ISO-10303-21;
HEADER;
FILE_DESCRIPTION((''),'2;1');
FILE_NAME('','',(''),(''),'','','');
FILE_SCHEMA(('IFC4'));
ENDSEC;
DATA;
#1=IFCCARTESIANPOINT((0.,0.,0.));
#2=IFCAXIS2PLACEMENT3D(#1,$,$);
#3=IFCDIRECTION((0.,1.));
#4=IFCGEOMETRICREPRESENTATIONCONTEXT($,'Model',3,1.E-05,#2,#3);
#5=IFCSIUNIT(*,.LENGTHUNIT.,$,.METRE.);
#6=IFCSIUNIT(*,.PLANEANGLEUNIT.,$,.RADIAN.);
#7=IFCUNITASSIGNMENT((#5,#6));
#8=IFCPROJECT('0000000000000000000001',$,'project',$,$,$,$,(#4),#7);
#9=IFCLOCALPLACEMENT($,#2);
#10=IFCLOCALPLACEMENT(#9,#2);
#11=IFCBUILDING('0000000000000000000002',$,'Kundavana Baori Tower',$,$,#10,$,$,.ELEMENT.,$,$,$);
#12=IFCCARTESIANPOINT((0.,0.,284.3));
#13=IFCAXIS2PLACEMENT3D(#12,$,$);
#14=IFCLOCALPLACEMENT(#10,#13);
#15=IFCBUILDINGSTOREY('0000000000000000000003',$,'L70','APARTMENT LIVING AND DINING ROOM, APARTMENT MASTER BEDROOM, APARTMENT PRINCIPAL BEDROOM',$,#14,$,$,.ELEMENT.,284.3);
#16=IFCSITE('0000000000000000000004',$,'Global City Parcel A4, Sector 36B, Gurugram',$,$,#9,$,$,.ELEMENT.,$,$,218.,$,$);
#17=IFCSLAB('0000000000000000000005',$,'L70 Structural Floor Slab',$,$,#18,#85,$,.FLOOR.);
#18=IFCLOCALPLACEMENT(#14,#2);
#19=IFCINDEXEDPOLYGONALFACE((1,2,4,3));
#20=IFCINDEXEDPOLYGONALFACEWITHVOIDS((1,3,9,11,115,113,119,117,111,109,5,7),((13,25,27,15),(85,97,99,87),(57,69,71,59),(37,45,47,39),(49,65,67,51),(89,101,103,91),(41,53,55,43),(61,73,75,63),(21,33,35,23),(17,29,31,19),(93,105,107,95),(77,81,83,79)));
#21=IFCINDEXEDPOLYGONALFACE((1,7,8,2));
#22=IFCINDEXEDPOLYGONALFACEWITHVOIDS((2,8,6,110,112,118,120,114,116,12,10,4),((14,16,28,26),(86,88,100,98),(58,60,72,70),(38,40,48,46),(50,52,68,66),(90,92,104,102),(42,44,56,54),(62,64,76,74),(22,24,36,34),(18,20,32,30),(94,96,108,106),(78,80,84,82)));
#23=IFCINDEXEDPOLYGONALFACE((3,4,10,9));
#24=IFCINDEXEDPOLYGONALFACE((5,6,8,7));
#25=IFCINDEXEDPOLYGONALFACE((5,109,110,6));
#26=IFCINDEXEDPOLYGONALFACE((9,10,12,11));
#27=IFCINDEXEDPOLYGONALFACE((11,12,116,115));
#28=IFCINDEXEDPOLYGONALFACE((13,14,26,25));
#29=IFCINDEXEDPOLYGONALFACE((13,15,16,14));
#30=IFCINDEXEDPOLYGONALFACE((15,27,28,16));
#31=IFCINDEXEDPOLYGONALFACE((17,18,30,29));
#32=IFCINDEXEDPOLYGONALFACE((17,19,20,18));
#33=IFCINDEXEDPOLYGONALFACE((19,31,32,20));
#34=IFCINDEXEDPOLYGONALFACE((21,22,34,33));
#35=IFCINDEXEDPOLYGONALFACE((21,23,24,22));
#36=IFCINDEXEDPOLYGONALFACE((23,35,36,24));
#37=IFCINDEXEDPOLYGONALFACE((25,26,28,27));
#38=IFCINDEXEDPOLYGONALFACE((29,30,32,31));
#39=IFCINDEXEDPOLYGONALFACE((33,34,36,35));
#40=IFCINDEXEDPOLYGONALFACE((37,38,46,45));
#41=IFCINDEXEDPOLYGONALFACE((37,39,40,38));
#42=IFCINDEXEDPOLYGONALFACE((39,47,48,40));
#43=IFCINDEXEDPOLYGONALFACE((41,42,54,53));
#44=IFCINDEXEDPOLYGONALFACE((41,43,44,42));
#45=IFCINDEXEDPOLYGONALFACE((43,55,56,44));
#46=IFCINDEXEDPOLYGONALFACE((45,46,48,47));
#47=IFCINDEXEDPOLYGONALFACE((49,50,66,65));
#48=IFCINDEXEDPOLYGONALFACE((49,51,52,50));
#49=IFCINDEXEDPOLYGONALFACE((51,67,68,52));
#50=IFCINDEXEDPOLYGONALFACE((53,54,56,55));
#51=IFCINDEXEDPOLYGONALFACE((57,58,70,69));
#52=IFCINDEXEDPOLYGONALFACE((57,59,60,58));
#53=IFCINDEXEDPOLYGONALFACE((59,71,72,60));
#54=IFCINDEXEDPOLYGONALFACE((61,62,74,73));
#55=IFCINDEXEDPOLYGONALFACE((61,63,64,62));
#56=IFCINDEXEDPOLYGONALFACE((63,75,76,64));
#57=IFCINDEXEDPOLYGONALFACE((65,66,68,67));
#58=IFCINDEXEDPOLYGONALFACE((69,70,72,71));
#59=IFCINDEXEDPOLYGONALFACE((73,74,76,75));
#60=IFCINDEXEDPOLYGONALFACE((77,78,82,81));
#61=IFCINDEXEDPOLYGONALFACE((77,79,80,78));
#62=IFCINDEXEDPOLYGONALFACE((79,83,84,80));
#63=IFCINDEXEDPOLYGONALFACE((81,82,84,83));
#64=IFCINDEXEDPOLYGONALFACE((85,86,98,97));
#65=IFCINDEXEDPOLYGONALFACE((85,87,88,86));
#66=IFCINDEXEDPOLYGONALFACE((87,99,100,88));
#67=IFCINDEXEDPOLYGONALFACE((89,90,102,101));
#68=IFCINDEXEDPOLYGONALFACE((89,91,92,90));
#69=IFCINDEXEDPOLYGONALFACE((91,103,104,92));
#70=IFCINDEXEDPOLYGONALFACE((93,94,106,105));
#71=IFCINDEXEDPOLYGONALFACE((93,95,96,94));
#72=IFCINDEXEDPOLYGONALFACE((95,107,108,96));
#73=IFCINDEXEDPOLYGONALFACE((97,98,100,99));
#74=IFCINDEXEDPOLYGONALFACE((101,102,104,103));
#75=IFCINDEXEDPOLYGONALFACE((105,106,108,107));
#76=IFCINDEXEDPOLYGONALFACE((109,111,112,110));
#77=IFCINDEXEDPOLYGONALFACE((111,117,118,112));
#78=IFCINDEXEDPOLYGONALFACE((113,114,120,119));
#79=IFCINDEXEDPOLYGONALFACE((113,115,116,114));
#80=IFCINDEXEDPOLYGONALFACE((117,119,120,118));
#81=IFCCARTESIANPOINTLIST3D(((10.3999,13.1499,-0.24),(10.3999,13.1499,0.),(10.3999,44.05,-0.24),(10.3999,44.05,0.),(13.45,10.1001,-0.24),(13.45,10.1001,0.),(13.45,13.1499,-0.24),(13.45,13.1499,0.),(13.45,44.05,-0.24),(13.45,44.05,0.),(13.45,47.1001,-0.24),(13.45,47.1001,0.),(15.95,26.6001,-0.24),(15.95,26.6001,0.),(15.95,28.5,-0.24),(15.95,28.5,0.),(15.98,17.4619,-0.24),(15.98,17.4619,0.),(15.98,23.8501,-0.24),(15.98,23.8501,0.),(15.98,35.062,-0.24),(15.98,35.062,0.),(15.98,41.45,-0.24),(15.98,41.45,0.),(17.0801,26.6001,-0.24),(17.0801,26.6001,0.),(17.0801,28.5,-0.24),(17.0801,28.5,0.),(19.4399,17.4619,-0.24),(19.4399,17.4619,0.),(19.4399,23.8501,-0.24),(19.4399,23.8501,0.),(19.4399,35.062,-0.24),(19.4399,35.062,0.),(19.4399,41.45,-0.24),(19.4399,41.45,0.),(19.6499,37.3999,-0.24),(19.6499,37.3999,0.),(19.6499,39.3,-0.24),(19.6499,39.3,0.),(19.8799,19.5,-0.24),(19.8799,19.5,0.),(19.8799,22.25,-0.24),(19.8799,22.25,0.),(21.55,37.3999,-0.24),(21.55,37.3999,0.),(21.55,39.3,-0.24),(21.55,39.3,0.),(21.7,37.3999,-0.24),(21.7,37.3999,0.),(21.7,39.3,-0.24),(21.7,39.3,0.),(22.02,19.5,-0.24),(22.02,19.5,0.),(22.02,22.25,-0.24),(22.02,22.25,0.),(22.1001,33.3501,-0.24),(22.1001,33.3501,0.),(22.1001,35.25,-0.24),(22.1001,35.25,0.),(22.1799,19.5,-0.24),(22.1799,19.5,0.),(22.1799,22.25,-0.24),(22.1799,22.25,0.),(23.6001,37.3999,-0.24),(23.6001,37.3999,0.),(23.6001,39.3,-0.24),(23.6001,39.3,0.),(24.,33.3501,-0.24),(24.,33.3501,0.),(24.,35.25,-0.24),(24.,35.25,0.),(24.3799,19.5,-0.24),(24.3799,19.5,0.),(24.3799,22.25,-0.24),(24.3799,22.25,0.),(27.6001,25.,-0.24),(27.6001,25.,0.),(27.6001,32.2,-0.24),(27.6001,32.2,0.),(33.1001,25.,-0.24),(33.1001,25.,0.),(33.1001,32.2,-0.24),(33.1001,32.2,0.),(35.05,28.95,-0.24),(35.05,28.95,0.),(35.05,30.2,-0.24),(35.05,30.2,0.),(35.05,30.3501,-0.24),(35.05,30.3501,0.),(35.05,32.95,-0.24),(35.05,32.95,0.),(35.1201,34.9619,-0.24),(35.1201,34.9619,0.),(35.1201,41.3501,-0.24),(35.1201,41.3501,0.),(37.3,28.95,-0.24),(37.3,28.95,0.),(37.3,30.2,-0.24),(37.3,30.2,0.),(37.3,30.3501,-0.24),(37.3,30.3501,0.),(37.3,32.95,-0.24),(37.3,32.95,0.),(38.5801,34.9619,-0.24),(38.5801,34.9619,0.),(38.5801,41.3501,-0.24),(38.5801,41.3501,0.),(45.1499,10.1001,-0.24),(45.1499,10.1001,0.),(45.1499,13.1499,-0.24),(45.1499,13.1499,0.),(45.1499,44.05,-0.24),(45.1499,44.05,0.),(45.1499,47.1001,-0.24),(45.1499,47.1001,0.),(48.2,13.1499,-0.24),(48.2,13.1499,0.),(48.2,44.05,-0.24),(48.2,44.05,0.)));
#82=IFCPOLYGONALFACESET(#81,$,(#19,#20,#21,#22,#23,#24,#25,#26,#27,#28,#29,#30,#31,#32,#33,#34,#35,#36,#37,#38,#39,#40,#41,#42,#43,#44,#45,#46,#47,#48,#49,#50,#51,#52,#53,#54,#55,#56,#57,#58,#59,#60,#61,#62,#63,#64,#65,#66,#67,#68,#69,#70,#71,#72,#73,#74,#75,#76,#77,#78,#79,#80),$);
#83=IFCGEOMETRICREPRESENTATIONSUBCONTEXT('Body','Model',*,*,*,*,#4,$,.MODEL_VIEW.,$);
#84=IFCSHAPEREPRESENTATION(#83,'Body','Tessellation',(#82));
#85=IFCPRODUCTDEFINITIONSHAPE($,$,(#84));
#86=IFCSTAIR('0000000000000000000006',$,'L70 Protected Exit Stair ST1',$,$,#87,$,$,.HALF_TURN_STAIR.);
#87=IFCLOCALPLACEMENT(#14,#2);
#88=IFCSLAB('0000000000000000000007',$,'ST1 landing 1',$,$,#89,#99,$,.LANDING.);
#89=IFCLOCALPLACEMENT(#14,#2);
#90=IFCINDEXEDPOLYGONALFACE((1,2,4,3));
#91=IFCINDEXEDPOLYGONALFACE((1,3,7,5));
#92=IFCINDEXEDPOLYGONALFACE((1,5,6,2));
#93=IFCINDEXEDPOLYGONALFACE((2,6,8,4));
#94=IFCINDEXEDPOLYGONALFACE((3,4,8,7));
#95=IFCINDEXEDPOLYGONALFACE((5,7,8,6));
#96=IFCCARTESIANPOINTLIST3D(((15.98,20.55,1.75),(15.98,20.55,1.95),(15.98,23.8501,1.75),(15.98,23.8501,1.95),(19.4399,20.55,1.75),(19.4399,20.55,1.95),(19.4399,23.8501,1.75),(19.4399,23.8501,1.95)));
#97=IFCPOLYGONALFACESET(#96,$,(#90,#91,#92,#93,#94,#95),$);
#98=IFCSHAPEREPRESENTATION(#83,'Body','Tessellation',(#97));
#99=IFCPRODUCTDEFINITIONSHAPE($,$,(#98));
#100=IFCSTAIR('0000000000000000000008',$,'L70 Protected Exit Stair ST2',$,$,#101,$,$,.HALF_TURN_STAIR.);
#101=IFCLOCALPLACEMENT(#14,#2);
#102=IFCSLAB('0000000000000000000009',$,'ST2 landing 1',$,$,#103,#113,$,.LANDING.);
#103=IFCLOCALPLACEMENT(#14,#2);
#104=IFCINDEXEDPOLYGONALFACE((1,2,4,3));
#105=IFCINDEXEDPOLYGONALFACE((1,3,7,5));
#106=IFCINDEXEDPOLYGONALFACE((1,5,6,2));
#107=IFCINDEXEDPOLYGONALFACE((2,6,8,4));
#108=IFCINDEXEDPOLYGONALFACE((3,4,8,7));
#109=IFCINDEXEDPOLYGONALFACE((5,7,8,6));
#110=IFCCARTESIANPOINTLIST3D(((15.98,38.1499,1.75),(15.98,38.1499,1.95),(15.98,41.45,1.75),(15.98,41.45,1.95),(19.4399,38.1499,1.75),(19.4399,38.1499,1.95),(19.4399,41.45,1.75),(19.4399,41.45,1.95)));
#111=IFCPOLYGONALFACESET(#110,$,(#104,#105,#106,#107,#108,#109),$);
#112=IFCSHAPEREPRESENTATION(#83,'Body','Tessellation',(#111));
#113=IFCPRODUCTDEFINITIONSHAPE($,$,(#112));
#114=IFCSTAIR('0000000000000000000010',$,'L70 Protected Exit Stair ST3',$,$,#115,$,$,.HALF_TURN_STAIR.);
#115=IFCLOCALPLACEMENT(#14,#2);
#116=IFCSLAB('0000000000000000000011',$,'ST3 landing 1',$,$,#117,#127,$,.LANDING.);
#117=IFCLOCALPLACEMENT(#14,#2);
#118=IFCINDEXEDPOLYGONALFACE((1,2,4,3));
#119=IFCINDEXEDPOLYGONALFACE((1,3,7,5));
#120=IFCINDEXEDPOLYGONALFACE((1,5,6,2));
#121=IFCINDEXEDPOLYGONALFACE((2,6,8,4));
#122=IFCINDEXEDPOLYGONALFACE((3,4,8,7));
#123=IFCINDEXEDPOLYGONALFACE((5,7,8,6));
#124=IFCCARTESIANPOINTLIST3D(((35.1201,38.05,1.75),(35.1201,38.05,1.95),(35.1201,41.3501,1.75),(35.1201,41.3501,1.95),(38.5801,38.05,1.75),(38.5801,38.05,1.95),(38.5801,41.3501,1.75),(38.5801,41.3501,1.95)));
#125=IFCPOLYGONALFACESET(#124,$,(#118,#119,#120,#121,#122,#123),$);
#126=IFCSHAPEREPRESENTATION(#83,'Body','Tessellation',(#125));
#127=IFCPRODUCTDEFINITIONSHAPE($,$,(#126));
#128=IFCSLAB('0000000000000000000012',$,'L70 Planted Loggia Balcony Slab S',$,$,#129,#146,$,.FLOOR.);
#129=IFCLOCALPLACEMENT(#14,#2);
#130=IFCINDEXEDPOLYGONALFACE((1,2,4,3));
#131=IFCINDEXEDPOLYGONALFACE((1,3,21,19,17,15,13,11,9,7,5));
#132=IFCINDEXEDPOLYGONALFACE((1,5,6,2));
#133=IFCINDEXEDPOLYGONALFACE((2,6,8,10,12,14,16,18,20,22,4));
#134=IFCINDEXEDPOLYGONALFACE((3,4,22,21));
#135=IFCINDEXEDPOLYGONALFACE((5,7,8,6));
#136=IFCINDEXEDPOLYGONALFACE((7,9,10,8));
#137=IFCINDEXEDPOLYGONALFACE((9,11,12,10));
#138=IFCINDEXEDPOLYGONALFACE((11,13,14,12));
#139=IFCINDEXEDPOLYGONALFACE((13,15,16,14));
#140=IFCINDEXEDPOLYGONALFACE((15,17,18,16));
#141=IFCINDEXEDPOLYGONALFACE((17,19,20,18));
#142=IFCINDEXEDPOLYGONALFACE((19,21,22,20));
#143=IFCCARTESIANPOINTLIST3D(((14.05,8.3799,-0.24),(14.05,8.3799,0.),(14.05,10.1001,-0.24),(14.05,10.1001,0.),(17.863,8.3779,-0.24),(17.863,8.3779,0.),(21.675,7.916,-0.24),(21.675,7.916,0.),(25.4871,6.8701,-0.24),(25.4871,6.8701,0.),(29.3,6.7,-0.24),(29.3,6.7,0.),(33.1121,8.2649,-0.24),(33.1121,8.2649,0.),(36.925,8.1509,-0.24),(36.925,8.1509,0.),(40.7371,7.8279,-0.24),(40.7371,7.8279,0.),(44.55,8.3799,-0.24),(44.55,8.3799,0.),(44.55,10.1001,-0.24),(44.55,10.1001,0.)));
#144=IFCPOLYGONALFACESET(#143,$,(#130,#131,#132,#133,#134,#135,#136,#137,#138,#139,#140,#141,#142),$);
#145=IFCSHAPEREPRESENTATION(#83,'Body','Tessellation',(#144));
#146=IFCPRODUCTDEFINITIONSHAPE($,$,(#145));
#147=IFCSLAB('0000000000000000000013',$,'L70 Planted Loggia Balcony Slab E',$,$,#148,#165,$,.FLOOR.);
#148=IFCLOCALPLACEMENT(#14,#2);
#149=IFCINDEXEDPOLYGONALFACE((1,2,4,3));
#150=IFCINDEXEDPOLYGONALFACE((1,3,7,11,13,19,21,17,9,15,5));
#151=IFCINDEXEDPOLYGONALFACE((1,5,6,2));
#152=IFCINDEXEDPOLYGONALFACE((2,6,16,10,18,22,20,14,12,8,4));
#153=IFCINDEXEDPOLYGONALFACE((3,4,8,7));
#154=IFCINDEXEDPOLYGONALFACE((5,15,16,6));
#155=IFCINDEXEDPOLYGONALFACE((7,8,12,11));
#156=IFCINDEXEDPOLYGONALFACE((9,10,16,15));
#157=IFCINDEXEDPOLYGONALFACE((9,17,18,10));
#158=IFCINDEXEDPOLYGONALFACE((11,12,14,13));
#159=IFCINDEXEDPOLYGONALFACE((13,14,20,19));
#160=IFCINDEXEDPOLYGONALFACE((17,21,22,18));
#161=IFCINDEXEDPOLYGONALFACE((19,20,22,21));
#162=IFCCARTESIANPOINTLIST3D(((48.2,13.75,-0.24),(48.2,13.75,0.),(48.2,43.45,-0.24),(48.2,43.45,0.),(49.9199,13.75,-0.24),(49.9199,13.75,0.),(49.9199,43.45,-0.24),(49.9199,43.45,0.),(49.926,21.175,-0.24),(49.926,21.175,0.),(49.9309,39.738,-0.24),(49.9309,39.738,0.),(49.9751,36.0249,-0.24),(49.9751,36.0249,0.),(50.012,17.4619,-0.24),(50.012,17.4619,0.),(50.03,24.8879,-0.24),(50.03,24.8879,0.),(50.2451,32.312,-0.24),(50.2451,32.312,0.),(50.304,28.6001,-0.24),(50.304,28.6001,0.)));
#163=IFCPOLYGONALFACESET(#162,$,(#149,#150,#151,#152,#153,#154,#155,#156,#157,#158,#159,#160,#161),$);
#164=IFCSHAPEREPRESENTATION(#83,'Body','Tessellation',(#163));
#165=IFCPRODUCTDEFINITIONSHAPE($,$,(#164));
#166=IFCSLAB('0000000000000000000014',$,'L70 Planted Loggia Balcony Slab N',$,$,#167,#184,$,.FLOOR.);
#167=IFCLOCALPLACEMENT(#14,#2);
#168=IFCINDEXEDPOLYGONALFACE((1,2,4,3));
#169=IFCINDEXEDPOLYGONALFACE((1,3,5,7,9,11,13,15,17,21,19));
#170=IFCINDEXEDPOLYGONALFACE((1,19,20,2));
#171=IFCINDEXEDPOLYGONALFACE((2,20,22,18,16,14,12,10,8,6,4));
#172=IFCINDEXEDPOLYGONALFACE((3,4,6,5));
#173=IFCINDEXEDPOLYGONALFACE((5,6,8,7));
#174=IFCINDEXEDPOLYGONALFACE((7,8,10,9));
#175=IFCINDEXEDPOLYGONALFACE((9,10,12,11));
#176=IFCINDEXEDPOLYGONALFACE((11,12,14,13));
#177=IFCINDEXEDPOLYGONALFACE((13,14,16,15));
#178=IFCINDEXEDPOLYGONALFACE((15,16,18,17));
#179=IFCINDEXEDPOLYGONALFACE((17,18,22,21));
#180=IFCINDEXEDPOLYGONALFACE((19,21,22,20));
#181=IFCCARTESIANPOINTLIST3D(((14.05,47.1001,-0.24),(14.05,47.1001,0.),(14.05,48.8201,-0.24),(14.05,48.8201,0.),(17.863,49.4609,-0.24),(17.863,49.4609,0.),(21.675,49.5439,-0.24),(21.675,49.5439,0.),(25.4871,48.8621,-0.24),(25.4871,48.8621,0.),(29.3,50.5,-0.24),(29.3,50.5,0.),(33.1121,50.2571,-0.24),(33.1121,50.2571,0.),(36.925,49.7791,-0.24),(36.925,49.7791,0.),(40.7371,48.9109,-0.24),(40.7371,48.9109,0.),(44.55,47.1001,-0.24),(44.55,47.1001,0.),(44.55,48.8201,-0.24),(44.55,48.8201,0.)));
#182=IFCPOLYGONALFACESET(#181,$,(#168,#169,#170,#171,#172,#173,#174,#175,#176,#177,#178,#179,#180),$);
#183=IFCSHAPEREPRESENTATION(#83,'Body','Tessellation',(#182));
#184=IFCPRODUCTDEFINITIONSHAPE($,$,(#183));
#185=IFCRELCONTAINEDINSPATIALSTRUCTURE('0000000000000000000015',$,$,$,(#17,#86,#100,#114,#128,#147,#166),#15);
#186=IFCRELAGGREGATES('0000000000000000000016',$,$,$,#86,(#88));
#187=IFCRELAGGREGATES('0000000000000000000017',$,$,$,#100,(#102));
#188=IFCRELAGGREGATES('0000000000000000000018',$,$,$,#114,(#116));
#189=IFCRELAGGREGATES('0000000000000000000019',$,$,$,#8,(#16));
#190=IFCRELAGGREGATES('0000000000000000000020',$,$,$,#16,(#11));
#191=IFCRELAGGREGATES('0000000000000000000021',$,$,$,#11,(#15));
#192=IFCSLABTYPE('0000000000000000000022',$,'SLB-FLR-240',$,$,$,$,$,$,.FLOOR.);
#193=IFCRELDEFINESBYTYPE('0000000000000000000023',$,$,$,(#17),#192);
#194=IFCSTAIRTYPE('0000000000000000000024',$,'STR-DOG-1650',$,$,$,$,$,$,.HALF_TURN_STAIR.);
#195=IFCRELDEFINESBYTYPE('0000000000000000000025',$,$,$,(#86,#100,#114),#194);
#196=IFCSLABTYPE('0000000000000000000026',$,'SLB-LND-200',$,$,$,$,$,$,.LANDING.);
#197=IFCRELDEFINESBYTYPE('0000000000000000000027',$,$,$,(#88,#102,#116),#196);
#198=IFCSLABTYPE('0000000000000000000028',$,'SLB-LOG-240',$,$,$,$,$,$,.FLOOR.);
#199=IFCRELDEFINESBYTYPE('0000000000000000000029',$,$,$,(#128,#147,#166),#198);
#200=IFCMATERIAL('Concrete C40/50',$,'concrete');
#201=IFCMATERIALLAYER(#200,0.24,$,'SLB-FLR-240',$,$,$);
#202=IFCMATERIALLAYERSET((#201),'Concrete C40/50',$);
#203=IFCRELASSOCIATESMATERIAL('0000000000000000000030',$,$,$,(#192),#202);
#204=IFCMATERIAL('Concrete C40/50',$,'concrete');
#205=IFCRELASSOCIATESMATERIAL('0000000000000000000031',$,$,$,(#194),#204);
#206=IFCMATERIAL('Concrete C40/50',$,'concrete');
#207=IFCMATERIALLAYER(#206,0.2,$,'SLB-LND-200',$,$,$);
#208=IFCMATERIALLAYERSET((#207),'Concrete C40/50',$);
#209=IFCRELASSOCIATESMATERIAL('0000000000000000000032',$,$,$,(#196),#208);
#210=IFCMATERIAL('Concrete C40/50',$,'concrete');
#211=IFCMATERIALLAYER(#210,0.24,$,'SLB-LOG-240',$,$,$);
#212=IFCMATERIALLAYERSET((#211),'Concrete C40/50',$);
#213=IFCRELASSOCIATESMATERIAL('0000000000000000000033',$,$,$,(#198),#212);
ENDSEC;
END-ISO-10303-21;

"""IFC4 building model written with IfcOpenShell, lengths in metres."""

from ifc_helpers import new_model, si_unit, direction, frame, origin, place, context, subcontext, project, spatial, polyline, outline, extrude, material, layer, layer_set, type_object, element, aggregate, save


model = new_model("IFC4")

# Units and contexts
model_context = context("Model", 3, precision=1e-05, world=origin(), true_north=direction((0.0, 1.0)))
body_context = subcontext(model_context, "Body", "Model", "MODEL_VIEW")
ifc_project = project(units=[si_unit("LENGTHUNIT", "METRE"), si_unit("PLANEANGLEUNIT", "RADIAN")], contexts=[model_context])

# Site, building, storey
site_placement = place(None, origin())
site = spatial("IfcSite", under=ifc_project, at=site_placement, Name="Global City Parcel A4, Sector 36B, Gurugram", CompositionType="ELEMENT", RefElevation=218.0)
building_placement = place(site_placement, origin())
building = spatial("IfcBuilding", under=site, at=building_placement, Name="Kundavana Baori Tower", CompositionType="ELEMENT")
storey_placement = place(building_placement, frame((0.0, 0.0, 284.3)))
storey = spatial("IfcBuildingStorey", under=building, at=storey_placement, Name="L70", Description="APARTMENT LIVING AND DINING ROOM, APARTMENT MASTER BEDROOM, APARTMENT PRINCIPAL BEDROOM", CompositionType="ELEMENT", Elevation=284.3)

# Slab
ifc_material_1 = material(Name="Concrete C40/50", Category="concrete")
ifc_layer_1 = layer(ifc_material_1, 0.24, Name="SLB-FLR-240")
ifc_layer_set_1 = layer_set([ifc_layer_1], Name="Concrete C40/50")
slab_type_1 = type_object("IfcSlabType", Name="SLB-FLR-240", PredefinedType="FLOOR", material=ifc_layer_set_1)
slab_1_placement = place(storey_placement, frame((0.0, 0.0, -0.24)))
element("IfcSlab", 1, at=slab_1_placement, inside=storey, type_object=slab_type_1, Name="L70 Structural Floor Slab", PredefinedType="FLOOR", context=body_context, shape_type="SweptSolid", body=[
    extrude(outline(polyline([(13.45, 10.1001), (45.1499, 10.1001), (45.1499, 13.1499), (48.2, 13.1499), (48.2, 44.05), (45.1499, 44.05), (45.1499, 47.1001), (13.45, 47.1001), (13.45, 44.05), (10.3999, 44.05), (10.3999, 13.1499), (13.45, 13.1499), (13.45, 10.1001)]), holes=[polyline([(19.4399, 17.4619), (19.4399, 23.8501), (15.98, 23.8501), (15.98, 17.4619), (19.4399, 17.4619)]), polyline([(19.4399, 35.062), (19.4399, 41.45), (15.98, 41.45), (15.98, 35.062), (19.4399, 35.062)]), polyline([(38.5801, 34.9619), (38.5801, 41.3501), (35.1201, 41.3501), (35.1201, 34.9619), (38.5801, 34.9619)]), polyline([(19.6499, 37.3999), (21.55, 37.3999), (21.55, 39.3), (19.6499, 39.3), (19.6499, 37.3999)]), polyline([(21.7, 37.3999), (23.6001, 37.3999), (23.6001, 39.3), (21.7, 39.3), (21.7, 37.3999)]), polyline([(22.1001, 33.3501), (24.0, 33.3501), (24.0, 35.25), (22.1001, 35.25), (22.1001, 33.3501)]), polyline([(19.8799, 19.5), (22.02, 19.5), (22.02, 22.25), (19.8799, 22.25), (19.8799, 19.5)]), polyline([(22.1799, 19.5), (24.3799, 19.5), (24.3799, 22.25), (22.1799, 22.25), (22.1799, 19.5)]), polyline([(35.05, 30.3501), (37.3, 30.3501), (37.3, 32.95), (35.05, 32.95), (35.05, 30.3501)]), polyline([(15.95, 26.6001), (17.0801, 26.6001), (17.0801, 28.5), (15.95, 28.5), (15.95, 26.6001)]), polyline([(35.05, 28.95), (37.3, 28.95), (37.3, 30.2), (35.05, 30.2), (35.05, 28.95)]), polyline([(27.6001, 25.0), (33.1001, 25.0), (33.1001, 32.2), (27.6001, 32.2), (27.6001, 25.0)])]), origin(), (0.0, 0.0, 1.0), 0.24),
])

# Stairs, slabs
ifc_material_2 = material(Name="Concrete C40/50", Category="concrete")
stair_type = type_object("IfcStairType", Name="STR-DOG-1650", PredefinedType="HALF_TURN_STAIR", material=ifc_material_2)
stair_1_placement = place(storey_placement, origin())
stair_1 = element("IfcStair", 2, at=stair_1_placement, inside=storey, type_object=stair_type, Name="L70 Protected Exit Stair ST1", PredefinedType="HALF_TURN_STAIR")
ifc_material_3 = material(Name="Concrete C40/50", Category="concrete")
ifc_layer_2 = layer(ifc_material_3, 0.2, Name="SLB-LND-200")
ifc_layer_set_2 = layer_set([ifc_layer_2], Name="Concrete C40/50")
slab_type_2 = type_object("IfcSlabType", Name="SLB-LND-200", PredefinedType="LANDING", material=ifc_layer_set_2)
slab_2_placement = place(storey_placement, frame((0.0, 0.0, 1.75)))
slab_2 = element("IfcSlab", 3, at=slab_2_placement, type_object=slab_type_2, Name="ST1 landing 1", PredefinedType="LANDING", context=body_context, shape_type="SweptSolid", body=[
    extrude(outline(polyline([(19.4399, 20.55), (19.4399, 23.8501), (15.98, 23.8501), (15.98, 20.55), (19.4399, 20.55)])), origin(), (0.0, 0.0, 1.0), 0.2),
])
aggregate(stair_1, [slab_2])
stair_2_placement = place(storey_placement, origin())
stair_2 = element("IfcStair", 4, at=stair_2_placement, inside=storey, type_object=stair_type, Name="L70 Protected Exit Stair ST2", PredefinedType="HALF_TURN_STAIR")
slab_3_placement = place(storey_placement, frame((0.0, 0.0, 1.75)))
slab_3 = element("IfcSlab", 5, at=slab_3_placement, type_object=slab_type_2, Name="ST2 landing 1", PredefinedType="LANDING", context=body_context, shape_type="SweptSolid", body=[
    extrude(outline(polyline([(19.4399, 38.1499), (19.4399, 41.45), (15.98, 41.45), (15.98, 38.1499), (19.4399, 38.1499)])), origin(), (0.0, 0.0, 1.0), 0.2),
])
aggregate(stair_2, [slab_3])
stair_3_placement = place(storey_placement, origin())
stair_3 = element("IfcStair", 6, at=stair_3_placement, inside=storey, type_object=stair_type, Name="L70 Protected Exit Stair ST3", PredefinedType="HALF_TURN_STAIR")
slab_4_placement = place(storey_placement, frame((0.0, 0.0, 1.75)))
slab_4 = element("IfcSlab", 7, at=slab_4_placement, type_object=slab_type_2, Name="ST3 landing 1", PredefinedType="LANDING", context=body_context, shape_type="SweptSolid", body=[
    extrude(outline(polyline([(38.5801, 38.05), (38.5801, 41.3501), (35.1201, 41.3501), (35.1201, 38.05), (38.5801, 38.05)])), origin(), (0.0, 0.0, 1.0), 0.2),
])
aggregate(stair_3, [slab_4])

# Slabs
ifc_material_4 = material(Name="Concrete C40/50", Category="concrete")
ifc_layer_3 = layer(ifc_material_4, 0.24, Name="SLB-LOG-240")
ifc_layer_set_3 = layer_set([ifc_layer_3], Name="Concrete C40/50")
slab_type_3 = type_object("IfcSlabType", Name="SLB-LOG-240", PredefinedType="FLOOR", material=ifc_layer_set_3)
slab_5_placement = place(storey_placement, frame((0.0, 0.0, -0.24)))
element("IfcSlab", 8, at=slab_5_placement, inside=storey, type_object=slab_type_3, Name="L70 Planted Loggia Balcony Slab S", PredefinedType="FLOOR", context=body_context, shape_type="SweptSolid", body=[
    extrude(outline(polyline([(14.05, 10.1001), (44.55, 10.1001), (44.55, 8.3799), (40.7371, 7.8279), (36.925, 8.1509), (33.1121, 8.2649), (29.3, 6.7), (25.4871, 6.8701), (21.675, 7.916), (17.863, 8.3779), (14.05, 8.3799), (14.05, 10.1001)])), origin(), (0.0, 0.0, 1.0), 0.24),
])
slab_6_placement = place(storey_placement, frame((0.0, 0.0, -0.24)))
element("IfcSlab", 9, at=slab_6_placement, inside=storey, type_object=slab_type_3, Name="L70 Planted Loggia Balcony Slab E", PredefinedType="FLOOR", context=body_context, shape_type="SweptSolid", body=[
    extrude(outline(polyline([(48.2, 13.75), (48.2, 43.45), (49.9199, 43.45), (49.9309, 39.738), (49.9751, 36.0249), (50.2451, 32.312), (50.304, 28.6001), (50.03, 24.8879), (49.926, 21.175), (50.012, 17.4619), (49.9199, 13.75), (48.2, 13.75)])), origin(), (0.0, 0.0, 1.0), 0.24),
])
slab_7_placement = place(storey_placement, frame((0.0, 0.0, -0.24)))
element("IfcSlab", 10, at=slab_7_placement, inside=storey, type_object=slab_type_3, Name="L70 Planted Loggia Balcony Slab N", PredefinedType="FLOOR", context=body_context, shape_type="SweptSolid", body=[
    extrude(outline(polyline([(44.55, 47.1001), (14.05, 47.1001), (14.05, 48.8201), (17.863, 49.4609), (21.675, 49.5439), (25.4871, 48.8621), (29.3, 50.5), (33.1121, 50.2571), (36.925, 49.7791), (40.7371, 48.9109), (44.55, 48.8201), (44.55, 47.1001)])), origin(), (0.0, 0.0, 1.0), 0.24),
])

save(model, "model.ifc")
